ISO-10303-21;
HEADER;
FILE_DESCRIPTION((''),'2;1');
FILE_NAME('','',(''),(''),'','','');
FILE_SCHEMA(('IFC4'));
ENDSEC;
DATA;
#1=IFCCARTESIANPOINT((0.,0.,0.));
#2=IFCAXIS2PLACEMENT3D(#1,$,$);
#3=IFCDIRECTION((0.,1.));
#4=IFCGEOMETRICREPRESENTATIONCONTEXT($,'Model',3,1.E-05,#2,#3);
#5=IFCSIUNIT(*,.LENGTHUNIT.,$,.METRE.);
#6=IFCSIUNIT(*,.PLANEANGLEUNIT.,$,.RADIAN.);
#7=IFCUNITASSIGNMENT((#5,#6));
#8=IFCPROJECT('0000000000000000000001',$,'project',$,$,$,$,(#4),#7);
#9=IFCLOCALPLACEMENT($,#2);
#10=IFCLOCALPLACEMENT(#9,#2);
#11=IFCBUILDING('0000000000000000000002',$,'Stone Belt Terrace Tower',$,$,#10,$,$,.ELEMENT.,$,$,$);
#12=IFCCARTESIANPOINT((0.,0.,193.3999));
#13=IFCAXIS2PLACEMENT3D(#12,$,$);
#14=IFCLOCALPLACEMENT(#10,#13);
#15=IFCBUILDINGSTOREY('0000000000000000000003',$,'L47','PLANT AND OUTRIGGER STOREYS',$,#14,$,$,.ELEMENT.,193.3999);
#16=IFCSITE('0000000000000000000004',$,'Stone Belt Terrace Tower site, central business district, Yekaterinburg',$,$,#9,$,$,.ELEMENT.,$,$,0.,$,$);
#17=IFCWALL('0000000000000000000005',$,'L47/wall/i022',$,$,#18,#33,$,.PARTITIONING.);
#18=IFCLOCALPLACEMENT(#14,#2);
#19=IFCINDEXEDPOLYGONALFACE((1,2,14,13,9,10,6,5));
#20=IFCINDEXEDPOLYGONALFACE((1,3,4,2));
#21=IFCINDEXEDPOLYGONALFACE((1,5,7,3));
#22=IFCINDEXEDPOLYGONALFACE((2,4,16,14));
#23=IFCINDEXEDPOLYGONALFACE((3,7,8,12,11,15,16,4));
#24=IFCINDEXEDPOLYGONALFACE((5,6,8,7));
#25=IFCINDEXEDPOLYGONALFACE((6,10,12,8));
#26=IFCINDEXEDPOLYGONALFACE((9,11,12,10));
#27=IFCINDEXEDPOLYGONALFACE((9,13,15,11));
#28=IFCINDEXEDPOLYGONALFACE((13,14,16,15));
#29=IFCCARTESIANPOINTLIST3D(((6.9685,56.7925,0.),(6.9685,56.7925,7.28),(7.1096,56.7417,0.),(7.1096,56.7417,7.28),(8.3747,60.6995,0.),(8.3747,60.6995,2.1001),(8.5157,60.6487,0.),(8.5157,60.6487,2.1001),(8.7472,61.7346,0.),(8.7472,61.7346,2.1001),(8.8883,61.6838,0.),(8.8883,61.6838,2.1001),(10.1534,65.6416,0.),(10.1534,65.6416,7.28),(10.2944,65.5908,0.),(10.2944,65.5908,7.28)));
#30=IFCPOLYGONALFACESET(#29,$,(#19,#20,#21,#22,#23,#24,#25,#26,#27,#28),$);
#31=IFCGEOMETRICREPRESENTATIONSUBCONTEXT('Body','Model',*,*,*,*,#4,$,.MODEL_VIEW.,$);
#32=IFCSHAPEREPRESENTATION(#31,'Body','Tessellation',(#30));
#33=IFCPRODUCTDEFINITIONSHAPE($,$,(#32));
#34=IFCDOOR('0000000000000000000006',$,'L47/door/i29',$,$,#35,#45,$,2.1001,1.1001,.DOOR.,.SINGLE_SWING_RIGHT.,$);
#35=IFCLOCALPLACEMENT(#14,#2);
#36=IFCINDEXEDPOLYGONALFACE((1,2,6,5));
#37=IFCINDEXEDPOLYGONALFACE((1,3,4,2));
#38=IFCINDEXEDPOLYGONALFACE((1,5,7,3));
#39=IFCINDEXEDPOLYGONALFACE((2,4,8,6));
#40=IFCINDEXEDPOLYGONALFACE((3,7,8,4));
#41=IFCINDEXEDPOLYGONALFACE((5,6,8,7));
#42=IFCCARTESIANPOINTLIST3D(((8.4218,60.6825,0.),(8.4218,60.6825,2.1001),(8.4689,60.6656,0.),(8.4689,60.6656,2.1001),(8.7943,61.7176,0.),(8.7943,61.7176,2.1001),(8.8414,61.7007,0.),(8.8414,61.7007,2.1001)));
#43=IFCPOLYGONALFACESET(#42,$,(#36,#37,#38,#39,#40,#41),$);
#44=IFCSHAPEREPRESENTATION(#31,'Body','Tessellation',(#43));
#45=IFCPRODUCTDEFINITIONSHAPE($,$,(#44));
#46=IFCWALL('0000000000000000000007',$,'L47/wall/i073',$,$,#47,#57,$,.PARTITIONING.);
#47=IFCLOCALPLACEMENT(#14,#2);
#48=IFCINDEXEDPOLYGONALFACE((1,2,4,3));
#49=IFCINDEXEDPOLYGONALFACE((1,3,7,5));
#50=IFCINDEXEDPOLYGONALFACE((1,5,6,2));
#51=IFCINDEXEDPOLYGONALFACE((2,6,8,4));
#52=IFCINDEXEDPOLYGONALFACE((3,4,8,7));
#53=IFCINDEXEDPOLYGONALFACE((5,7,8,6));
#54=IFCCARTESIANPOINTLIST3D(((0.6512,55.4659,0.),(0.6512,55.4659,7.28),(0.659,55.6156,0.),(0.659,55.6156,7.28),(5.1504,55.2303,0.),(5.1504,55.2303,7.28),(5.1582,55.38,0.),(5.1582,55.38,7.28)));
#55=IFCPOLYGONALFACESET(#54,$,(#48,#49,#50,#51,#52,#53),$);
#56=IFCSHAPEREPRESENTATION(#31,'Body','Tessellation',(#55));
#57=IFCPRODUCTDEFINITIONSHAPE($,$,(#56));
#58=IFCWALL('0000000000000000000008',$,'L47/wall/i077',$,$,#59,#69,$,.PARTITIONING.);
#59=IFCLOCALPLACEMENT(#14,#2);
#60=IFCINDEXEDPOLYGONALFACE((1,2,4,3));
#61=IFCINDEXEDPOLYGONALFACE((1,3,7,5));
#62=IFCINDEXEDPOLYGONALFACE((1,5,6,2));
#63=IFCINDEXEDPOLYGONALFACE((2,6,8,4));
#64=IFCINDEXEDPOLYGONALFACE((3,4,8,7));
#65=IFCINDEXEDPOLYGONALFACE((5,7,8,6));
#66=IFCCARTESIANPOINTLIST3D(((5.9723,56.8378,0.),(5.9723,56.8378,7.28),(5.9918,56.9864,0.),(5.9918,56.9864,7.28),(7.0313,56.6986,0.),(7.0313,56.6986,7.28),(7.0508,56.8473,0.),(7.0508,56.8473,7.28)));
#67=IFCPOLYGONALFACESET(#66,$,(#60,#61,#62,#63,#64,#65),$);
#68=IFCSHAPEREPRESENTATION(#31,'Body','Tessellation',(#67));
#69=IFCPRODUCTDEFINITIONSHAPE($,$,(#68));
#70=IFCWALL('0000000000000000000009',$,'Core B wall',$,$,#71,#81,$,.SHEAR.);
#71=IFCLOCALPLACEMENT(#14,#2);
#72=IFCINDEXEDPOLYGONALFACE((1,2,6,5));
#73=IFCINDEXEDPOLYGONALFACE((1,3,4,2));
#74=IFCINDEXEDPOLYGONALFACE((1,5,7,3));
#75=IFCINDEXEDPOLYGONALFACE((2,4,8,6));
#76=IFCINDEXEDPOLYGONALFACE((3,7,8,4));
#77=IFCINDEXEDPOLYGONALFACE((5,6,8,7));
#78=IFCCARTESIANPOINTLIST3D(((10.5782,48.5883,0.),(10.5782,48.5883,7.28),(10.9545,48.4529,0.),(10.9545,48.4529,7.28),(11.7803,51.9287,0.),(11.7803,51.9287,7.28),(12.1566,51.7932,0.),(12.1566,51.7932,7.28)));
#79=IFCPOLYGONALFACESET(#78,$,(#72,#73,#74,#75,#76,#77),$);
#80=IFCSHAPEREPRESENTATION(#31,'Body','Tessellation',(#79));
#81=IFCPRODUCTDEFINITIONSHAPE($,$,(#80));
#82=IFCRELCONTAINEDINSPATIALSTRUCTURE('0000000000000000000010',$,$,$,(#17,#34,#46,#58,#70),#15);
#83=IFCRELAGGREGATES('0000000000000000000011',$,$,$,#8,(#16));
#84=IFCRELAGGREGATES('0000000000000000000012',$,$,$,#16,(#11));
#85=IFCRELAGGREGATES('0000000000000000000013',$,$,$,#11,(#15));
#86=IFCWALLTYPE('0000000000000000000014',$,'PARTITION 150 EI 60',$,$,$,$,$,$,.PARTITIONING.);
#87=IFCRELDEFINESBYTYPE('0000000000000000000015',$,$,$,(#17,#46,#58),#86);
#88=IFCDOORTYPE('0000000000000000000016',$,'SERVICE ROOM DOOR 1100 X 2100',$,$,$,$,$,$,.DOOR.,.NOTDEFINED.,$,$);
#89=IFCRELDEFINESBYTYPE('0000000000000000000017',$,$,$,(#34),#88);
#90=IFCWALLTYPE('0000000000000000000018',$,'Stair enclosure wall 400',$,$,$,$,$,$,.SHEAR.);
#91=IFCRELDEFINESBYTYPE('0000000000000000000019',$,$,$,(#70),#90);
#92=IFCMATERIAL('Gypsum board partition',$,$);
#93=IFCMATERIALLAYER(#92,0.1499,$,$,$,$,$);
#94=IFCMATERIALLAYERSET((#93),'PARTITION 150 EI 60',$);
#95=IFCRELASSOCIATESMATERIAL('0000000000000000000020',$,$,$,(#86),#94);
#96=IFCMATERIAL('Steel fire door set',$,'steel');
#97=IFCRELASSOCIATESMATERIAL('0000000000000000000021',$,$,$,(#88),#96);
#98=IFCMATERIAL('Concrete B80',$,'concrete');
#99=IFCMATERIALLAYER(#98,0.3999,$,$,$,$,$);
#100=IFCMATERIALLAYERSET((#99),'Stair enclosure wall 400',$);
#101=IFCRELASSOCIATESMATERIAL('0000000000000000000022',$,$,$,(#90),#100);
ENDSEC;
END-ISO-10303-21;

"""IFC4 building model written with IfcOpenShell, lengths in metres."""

from ifc_helpers import new_model, si_unit, direction, frame, frame_2d, origin, place, context, subcontext, project, spatial, rectangle, extrude, material, layer, layer_set, type_object, element, fill, save


model = new_model("IFC4")

# Units and contexts
model_context = context("Model", 3, precision=1e-05, world=origin(), true_north=direction((0.0, 1.0)))
body_context = subcontext(model_context, "Body", "Model", "MODEL_VIEW")
ifc_project = project(units=[si_unit("LENGTHUNIT", "METRE"), si_unit("PLANEANGLEUNIT", "RADIAN")], contexts=[model_context])

# Site, building, storey
site_placement = place(None, origin())
site = spatial("IfcSite", under=ifc_project, at=site_placement, Name="Stone Belt Terrace Tower site, central business district, Yekaterinburg", CompositionType="ELEMENT", RefElevation=0.0)
building_placement = place(site_placement, origin())
building = spatial("IfcBuilding", under=site, at=building_placement, Name="Stone Belt Terrace Tower", CompositionType="ELEMENT")
storey_placement = place(building_placement, frame((0.0, 0.0, 193.3999)))
storey = spatial("IfcBuildingStorey", under=building, at=storey_placement, Name="L47", Description="PLANT AND OUTRIGGER STOREYS", CompositionType="ELEMENT", Elevation=193.3999)

# Shared definitions
ifc_material_1 = material(Name="Concrete B80", Category="concrete")

# Shared definitions
ifc_material_2 = material(Name="Gypsum board partition")
ifc_layer_1 = layer(ifc_material_2, 0.1499)
ifc_layer_set_1 = layer_set([ifc_layer_1], Name="PARTITION 150 EI 60")
wall_type_1 = type_object("IfcWallType", Name="PARTITION 150 EI 60", PredefinedType="PARTITIONING", material=ifc_layer_set_1)

# Wall, opening, door
wall_1_placement = place(storey_placement, frame((7.0391, 56.7671, 0.0), z_axis=(0.0, 0.0, 1.0), x_axis=(0.338638, 0.940917, 0.0)))
wall_1 = element("IfcWall", 1, at=wall_1_placement, inside=storey, type_object=wall_type_1, Name="L47/wall/i022", PredefinedType="PARTITIONING", context=body_context, shape_type="SweptSolid", body=[
    extrude(rectangle(XDim=9.4048, YDim=0.1499, at=frame_2d((4.7024, 0.0))), origin(), (0.0, 0.0, 1.0), 7.28),
])
opening_1_placement = place(wall_1_placement, frame((4.1523, 0.0, 0.0)))
opening_1 = element("IfcOpeningElement", 2, at=opening_1_placement, cuts=wall_1, PredefinedType="OPENING", context=body_context, shape_type="SweptSolid", body=[
    extrude(rectangle(XDim=1.1001, YDim=2.1001, at=frame_2d((0.55, 1.05))), frame((0.0, 0.085, 0.0), z_axis=(0.0, -1.0, 0.0), x_axis=(1.0, 0.0, 0.0)), (0.0, 0.0, 1.0), 0.1699),
])
ifc_material_3 = material(Name="Steel fire door set", Category="steel")
door_type_1 = type_object("IfcDoorType", Name="SERVICE ROOM DOOR 1100 X 2100", OperationType="NOTDEFINED", PredefinedType="DOOR", material=ifc_material_3)
door_1_placement = place(opening_1_placement, origin())
door_1 = element("IfcDoor", 3, at=door_1_placement, inside=storey, type_object=door_type_1, Name="L47/door/i29", OperationType="SINGLE_SWING_RIGHT", OverallHeight=2.1001, OverallWidth=1.1001, PredefinedType="DOOR", context=body_context, shape_type="SweptSolid", body=[
    extrude(rectangle(XDim=1.1001, YDim=2.1001, at=frame_2d((0.55, 1.05))), frame((0.0, 0.0249, 0.0), z_axis=(0.0, -1.0, 0.0), x_axis=(1.0, 0.0, 0.0)), (0.0, 0.0, 1.0), 0.05),
])
fill(opening_1, door_1)

# Walls
wall_2_placement = place(storey_placement, frame((5.1543, 55.3052, 0.0), z_axis=(0.0, 0.0, 1.0), x_axis=(-0.998632, 0.052291, 0.0)))
element("IfcWall", 4, at=wall_2_placement, inside=storey, type_object=wall_type_1, Name="L47/wall/i073", PredefinedType="PARTITIONING", context=body_context, shape_type="SweptSolid", body=[
    extrude(rectangle(XDim=4.5054, YDim=0.1499, at=frame_2d((2.2527, 0.0))), origin(), (0.0, 0.0, 1.0), 7.28),
])
wall_3_placement = place(storey_placement, frame((5.9819, 56.9121, 0.0), z_axis=(0.0, 0.0, 1.0), x_axis=(0.991478, -0.130277, 0.0)))
element("IfcWall", 5, at=wall_3_placement, inside=storey, type_object=wall_type_1, Name="L47/wall/i077", PredefinedType="PARTITIONING", context=body_context, shape_type="SweptSolid", body=[
    extrude(rectangle(XDim=1.0681, YDim=0.1499, at=frame_2d((0.5342, 0.0))), origin(), (0.0, 0.0, 1.0), 7.28),
])
ifc_layer_2 = layer(ifc_material_1, 0.3999)
ifc_layer_set_2 = layer_set([ifc_layer_2], Name="Stair enclosure wall 400")
wall_type_2 = type_object("IfcWallType", Name="Stair enclosure wall 400", PredefinedType="SHEAR", material=ifc_layer_set_2)
wall_4_placement = place(storey_placement, frame((10.7664, 48.5208, 0.0), z_axis=(0.0, 0.0, 1.0), x_axis=(0.338627, 0.940921, 0.0)))
element("IfcWall", 6, at=wall_4_placement, inside=storey, type_object=wall_type_2, Name="Core B wall", PredefinedType="SHEAR", context=body_context, shape_type="SweptSolid", body=[
    extrude(rectangle(XDim=3.55, YDim=0.3999, at=frame_2d((1.7749, 0.0))), origin(), (0.0, 0.0, 1.0), 7.28),
])

save(model, "model.ifc")
